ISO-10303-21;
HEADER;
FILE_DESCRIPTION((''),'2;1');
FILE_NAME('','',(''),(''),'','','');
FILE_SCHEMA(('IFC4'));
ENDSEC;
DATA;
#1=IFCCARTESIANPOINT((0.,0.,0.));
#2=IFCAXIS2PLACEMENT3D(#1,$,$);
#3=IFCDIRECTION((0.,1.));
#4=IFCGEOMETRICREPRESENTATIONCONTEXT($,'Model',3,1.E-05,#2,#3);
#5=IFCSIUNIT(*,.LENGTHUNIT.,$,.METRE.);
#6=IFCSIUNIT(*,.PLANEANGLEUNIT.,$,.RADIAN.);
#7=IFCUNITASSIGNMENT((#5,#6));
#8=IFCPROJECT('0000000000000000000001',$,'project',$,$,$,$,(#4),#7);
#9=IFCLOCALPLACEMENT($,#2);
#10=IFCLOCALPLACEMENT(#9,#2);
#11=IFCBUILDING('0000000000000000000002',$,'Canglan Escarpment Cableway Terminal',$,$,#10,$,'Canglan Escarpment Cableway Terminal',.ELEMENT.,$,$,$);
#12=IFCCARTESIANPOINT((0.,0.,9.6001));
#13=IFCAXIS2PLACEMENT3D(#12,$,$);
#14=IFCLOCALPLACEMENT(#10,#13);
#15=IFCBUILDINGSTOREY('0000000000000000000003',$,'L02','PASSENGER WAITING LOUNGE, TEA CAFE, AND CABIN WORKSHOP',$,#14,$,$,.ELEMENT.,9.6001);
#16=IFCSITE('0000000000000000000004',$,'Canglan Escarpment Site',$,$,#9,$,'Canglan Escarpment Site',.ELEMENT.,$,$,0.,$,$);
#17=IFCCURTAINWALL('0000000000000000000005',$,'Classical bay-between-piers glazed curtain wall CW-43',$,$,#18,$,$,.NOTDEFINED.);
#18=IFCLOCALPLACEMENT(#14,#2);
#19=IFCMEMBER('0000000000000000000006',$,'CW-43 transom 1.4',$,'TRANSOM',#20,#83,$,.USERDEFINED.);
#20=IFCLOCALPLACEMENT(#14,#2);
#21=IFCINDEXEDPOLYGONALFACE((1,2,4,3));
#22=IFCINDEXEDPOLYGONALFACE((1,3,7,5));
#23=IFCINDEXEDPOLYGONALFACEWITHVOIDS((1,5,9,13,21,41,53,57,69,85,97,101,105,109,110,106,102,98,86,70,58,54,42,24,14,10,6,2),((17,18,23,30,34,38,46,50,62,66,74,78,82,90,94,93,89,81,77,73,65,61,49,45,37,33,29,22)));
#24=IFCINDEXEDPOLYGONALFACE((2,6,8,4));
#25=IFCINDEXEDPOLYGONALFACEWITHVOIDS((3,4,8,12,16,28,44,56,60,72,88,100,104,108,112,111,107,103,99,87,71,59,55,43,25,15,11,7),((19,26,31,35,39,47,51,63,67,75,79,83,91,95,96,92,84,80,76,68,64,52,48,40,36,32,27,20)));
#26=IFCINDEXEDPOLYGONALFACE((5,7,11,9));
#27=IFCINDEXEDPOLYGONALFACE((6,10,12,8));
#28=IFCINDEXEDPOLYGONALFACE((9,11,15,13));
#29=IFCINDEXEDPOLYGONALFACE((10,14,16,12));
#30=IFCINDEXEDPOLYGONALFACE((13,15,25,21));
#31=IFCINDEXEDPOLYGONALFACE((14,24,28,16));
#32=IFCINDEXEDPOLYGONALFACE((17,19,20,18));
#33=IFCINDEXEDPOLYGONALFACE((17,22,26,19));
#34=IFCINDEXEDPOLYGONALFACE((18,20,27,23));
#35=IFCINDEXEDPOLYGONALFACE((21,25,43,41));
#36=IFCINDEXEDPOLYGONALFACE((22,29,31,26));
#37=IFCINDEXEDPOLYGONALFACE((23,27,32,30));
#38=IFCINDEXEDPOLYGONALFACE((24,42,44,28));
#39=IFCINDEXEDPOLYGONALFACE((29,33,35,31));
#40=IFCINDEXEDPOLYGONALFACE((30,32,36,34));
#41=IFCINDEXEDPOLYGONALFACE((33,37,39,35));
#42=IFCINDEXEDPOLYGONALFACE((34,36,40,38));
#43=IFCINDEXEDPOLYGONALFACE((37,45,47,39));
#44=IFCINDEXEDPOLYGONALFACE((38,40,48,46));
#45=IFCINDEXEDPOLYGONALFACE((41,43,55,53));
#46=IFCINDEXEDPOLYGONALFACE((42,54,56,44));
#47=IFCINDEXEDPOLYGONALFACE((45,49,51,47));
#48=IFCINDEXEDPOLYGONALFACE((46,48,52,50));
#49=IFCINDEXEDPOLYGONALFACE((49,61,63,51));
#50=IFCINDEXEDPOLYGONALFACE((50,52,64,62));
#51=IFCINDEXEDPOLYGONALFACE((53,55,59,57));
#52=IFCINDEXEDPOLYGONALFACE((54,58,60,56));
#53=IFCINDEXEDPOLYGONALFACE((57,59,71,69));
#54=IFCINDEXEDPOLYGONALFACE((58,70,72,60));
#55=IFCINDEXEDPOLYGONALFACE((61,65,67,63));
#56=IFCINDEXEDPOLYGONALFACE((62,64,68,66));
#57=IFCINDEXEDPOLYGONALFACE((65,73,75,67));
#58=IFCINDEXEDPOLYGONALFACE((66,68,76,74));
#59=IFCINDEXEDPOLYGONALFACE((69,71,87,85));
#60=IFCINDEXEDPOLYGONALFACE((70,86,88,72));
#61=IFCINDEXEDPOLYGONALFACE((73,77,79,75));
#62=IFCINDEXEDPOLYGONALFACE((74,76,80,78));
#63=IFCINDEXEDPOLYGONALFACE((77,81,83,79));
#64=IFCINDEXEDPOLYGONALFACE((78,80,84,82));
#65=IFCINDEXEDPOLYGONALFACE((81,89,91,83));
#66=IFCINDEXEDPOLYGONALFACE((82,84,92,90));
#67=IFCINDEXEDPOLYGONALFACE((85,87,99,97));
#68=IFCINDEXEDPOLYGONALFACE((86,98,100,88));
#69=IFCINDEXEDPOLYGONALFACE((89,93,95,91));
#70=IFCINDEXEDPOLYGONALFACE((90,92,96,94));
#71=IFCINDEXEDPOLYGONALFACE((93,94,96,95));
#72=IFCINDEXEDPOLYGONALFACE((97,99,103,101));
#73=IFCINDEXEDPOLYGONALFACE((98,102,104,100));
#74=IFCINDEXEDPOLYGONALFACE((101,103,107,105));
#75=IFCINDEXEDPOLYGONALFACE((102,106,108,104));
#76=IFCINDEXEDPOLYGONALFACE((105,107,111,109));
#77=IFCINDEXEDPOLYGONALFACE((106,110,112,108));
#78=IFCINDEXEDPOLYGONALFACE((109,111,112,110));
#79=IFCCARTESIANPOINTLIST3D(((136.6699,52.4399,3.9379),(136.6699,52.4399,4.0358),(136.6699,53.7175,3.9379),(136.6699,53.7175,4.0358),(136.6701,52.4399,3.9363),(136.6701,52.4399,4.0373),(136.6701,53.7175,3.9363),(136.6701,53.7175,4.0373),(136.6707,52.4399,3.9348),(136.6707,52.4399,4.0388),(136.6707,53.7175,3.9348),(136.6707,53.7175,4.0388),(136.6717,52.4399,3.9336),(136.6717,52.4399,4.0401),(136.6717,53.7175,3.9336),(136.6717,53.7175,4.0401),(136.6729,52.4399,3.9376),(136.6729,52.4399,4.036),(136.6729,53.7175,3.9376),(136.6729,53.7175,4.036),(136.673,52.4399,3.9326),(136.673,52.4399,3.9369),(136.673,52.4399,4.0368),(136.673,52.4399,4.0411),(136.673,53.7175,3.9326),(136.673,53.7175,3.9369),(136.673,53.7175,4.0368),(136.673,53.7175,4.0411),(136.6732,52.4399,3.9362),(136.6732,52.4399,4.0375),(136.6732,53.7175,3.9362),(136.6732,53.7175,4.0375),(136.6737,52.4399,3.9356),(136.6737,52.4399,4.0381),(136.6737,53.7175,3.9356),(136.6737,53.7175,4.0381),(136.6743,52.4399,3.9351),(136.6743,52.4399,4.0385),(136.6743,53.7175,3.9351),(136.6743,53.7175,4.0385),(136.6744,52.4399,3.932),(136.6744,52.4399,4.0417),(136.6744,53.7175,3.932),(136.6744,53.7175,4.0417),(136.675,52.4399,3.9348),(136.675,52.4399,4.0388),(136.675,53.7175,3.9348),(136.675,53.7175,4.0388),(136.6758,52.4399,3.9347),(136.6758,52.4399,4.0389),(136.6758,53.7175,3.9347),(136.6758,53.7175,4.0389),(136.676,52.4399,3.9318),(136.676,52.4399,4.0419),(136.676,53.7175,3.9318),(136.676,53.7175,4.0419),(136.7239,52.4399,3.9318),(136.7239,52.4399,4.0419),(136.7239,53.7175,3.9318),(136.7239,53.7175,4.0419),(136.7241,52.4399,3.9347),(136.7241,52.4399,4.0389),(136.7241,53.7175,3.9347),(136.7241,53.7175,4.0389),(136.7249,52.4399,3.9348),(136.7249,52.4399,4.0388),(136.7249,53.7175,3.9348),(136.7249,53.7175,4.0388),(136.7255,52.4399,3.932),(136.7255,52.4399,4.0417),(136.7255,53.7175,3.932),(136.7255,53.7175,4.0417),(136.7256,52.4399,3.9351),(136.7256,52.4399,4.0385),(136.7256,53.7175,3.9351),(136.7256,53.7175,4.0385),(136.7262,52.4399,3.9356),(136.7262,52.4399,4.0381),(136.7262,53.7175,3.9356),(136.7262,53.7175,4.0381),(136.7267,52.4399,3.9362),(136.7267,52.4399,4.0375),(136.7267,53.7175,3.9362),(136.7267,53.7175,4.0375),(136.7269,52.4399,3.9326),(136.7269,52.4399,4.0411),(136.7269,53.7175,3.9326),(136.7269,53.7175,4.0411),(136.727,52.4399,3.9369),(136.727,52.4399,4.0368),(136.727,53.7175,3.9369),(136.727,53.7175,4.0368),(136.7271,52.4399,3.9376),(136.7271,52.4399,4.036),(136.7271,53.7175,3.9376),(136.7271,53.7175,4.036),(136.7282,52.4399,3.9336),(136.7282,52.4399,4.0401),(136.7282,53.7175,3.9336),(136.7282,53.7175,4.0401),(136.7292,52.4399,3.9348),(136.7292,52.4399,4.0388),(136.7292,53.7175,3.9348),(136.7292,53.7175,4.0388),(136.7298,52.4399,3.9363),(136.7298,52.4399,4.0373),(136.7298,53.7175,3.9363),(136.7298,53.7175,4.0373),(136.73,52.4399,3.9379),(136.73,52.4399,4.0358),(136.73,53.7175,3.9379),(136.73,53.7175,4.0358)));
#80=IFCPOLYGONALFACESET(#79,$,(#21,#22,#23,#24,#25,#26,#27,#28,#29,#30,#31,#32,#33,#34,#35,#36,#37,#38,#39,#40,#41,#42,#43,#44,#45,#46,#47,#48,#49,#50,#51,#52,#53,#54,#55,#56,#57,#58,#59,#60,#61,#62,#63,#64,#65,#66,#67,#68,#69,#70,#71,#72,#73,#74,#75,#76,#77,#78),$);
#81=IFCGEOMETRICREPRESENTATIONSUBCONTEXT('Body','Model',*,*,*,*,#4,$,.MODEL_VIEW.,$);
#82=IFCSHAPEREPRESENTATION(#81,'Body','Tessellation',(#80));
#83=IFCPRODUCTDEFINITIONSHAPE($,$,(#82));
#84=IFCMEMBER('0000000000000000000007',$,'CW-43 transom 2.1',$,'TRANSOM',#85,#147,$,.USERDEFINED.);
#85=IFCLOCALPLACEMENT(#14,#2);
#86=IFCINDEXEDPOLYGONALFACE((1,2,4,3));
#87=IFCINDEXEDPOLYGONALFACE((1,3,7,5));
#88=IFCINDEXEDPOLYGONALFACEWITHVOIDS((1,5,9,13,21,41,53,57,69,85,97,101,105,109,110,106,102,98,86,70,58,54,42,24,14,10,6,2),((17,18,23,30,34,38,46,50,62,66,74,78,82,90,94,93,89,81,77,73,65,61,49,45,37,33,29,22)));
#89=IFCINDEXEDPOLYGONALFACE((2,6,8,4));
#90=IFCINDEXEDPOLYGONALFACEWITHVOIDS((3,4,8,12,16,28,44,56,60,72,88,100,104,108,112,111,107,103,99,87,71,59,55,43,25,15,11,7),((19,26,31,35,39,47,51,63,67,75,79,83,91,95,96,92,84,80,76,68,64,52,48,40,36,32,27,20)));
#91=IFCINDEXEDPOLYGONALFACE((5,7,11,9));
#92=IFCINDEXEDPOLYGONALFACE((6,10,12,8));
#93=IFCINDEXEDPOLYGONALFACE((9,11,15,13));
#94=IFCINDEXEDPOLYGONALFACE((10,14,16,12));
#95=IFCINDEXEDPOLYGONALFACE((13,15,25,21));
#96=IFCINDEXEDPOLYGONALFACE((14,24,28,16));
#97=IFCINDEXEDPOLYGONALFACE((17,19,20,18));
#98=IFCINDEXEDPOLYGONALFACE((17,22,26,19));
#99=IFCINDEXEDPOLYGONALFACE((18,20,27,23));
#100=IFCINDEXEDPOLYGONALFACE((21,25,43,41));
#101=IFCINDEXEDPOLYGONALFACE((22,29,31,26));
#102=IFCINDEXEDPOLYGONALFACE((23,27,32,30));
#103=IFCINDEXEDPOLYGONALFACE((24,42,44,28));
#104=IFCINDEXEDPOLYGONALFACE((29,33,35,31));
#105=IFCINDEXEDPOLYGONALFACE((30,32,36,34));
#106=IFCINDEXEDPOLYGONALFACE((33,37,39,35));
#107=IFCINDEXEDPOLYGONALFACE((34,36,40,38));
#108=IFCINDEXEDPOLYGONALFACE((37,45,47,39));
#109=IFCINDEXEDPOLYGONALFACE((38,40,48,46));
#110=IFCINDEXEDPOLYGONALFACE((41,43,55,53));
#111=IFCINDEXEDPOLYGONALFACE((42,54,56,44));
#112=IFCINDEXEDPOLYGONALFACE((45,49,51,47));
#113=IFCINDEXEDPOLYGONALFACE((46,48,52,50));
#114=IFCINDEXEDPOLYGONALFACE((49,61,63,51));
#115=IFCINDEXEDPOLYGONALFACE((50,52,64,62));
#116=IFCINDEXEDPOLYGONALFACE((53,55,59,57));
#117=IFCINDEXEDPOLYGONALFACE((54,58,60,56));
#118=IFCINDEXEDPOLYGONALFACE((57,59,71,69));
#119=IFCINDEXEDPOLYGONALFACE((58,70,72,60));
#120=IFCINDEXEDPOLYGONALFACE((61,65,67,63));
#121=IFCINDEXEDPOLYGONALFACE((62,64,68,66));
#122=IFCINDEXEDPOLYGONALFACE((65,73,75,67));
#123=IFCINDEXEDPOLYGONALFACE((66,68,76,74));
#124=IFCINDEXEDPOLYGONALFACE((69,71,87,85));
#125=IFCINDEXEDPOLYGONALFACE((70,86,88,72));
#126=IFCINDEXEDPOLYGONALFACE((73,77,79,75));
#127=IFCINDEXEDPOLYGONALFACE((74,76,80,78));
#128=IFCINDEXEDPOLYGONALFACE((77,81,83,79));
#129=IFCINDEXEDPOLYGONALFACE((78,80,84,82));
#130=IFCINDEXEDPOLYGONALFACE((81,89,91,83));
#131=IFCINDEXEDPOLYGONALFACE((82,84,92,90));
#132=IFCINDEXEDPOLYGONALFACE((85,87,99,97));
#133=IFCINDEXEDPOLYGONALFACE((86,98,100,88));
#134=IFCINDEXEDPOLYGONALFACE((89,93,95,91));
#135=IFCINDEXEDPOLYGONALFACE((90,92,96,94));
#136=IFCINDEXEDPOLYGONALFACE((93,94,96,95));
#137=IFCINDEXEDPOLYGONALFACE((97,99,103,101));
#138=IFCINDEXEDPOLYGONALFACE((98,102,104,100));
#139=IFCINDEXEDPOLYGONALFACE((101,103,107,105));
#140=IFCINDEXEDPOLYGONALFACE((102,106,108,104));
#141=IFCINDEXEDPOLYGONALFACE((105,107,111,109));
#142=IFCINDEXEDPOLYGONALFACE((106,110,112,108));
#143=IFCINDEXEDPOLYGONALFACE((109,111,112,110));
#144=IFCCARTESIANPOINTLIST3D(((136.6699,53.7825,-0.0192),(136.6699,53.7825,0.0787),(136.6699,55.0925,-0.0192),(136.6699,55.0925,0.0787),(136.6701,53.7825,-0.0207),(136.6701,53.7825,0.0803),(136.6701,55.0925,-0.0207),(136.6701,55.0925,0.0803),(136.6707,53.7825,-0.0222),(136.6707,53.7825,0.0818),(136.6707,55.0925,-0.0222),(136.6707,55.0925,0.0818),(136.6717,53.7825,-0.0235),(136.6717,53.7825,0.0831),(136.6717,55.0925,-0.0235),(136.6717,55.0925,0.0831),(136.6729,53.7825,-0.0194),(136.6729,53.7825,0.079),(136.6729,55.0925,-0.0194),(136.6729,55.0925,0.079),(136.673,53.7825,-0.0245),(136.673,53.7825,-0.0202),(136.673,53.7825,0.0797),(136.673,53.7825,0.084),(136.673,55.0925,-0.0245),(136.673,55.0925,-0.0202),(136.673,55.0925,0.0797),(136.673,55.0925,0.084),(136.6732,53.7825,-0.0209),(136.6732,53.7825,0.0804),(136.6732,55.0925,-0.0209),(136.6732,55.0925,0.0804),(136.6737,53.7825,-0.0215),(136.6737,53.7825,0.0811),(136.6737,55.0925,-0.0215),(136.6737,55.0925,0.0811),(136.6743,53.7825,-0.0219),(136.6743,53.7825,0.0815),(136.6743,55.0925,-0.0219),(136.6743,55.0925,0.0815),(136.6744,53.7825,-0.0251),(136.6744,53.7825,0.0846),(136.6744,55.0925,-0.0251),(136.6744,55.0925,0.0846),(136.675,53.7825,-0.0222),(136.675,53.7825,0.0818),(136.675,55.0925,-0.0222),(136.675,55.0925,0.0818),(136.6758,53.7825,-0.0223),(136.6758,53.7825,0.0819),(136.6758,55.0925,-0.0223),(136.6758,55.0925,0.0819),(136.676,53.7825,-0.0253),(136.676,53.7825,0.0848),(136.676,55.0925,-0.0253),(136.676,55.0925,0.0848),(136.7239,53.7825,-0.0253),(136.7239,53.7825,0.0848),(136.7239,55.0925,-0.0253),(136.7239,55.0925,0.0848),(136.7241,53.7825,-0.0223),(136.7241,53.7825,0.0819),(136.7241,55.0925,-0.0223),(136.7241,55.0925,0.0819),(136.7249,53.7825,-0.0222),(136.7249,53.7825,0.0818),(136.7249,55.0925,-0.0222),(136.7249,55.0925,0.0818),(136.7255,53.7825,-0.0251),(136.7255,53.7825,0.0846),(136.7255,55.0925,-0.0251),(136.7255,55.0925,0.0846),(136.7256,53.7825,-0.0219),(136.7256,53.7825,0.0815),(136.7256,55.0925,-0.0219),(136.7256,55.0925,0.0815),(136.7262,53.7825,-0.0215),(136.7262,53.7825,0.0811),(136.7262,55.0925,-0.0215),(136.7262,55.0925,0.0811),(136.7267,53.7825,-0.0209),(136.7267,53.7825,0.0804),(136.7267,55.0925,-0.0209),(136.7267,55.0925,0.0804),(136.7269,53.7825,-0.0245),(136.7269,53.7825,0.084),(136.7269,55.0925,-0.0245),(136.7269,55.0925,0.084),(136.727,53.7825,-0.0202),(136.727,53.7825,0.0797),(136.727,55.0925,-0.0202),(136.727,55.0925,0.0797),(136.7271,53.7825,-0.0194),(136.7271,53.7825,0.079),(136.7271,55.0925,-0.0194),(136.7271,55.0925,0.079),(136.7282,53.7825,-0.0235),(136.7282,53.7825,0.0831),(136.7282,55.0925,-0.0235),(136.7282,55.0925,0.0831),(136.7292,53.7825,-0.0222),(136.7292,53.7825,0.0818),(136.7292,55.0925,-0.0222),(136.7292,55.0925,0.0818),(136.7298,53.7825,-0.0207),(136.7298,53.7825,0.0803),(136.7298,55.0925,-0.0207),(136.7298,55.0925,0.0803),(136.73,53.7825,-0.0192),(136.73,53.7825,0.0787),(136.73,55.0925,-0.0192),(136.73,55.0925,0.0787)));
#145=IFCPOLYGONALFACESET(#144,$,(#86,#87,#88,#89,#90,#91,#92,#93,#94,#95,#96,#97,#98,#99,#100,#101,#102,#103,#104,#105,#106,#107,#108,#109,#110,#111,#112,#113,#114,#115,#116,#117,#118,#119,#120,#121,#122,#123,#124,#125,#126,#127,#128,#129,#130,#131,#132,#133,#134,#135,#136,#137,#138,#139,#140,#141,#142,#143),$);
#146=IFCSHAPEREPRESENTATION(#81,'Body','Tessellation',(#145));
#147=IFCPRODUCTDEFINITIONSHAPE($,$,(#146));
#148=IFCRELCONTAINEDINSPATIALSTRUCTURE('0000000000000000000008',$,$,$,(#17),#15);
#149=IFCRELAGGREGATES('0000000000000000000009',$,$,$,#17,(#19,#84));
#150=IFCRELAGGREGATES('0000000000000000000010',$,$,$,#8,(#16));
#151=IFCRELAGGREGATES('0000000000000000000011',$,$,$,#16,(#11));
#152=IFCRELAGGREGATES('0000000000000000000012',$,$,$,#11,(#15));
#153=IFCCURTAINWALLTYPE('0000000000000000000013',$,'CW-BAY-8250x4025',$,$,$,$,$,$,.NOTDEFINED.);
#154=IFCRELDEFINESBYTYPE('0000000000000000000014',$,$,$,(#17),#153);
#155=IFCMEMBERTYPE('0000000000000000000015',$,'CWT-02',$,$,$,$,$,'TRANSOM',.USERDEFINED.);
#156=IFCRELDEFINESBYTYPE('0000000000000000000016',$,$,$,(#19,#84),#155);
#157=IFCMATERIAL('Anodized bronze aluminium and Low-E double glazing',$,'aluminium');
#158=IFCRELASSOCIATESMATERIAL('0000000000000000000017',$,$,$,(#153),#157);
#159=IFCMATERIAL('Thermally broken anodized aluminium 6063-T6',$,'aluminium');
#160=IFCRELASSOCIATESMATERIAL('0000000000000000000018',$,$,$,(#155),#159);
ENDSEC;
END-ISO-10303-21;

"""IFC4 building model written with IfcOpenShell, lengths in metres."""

from ifc_helpers import new_model, si_unit, direction, frame, origin, origin_2d, place, context, subcontext, project, spatial, hollow_rectangle, extrude, material, material_profile, profile_set, type_object, element, aggregate, save


model = new_model("IFC4")

# Units and contexts
model_context = context("Model", 3, precision=1e-05, world=origin(), true_north=direction((0.0, 1.0)))
body_context = subcontext(model_context, "Body", "Model", "MODEL_VIEW")
ifc_project = project(units=[si_unit("LENGTHUNIT", "METRE"), si_unit("PLANEANGLEUNIT", "RADIAN")], contexts=[model_context])

# Site, building, storey
site_placement = place(None, origin())
site = spatial("IfcSite", under=ifc_project, at=site_placement, Name="Canglan Escarpment Site", LongName="Canglan Escarpment Site", CompositionType="ELEMENT", RefElevation=0.0)
building_placement = place(site_placement, origin())
building = spatial("IfcBuilding", under=site, at=building_placement, Name="Canglan Escarpment Cableway Terminal", LongName="Canglan Escarpment Cableway Terminal", CompositionType="ELEMENT")
storey_placement = place(building_placement, frame((0.0, 0.0, 9.6001)))
storey = spatial("IfcBuildingStorey", under=building, at=storey_placement, Name="L02", Description="PASSENGER WAITING LOUNGE, TEA CAFE, AND CABIN WORKSHOP", CompositionType="ELEMENT", Elevation=9.6001)

# Curtain wall, members
ifc_material_1 = material(Name="Anodized bronze aluminium and Low-E double glazing", Category="aluminium")
curtain_wall_type = type_object("IfcCurtainWallType", Name="CW-BAY-8250x4025", PredefinedType="NOTDEFINED", material=ifc_material_1)
curtain_wall_placement = place(storey_placement, origin())
curtain_wall = element("IfcCurtainWall", 1, at=curtain_wall_placement, inside=storey, type_object=curtain_wall_type, Name="Classical bay-between-piers glazed curtain wall CW-43", PredefinedType="NOTDEFINED")
ifc_material_2 = material(Name="Thermally broken anodized aluminium 6063-T6", Category="aluminium")
ifc_material_profile_1 = material_profile(ifc_material_2, hollow_rectangle(XDim=0.0601, YDim=0.1101, WallThickness=0.0029, InnerFilletRadius=0.0029, OuterFilletRadius=0.0061, at=origin_2d()), Name="ALU-TRAN 60x110x3")
ifc_profile_set_1 = profile_set([ifc_material_profile_1], Name="Thermally broken anodized aluminium 6063-T6")
member_type_1 = type_object("IfcMemberType", Name="CWT-02", ElementType="TRANSOM", PredefinedType="USERDEFINED", material=ifc_profile_set_1)
member_1_placement = place(storey_placement, frame((136.7, 52.4399, 3.9868), z_axis=(0.0, 1.0, 0.0), x_axis=(-1.0, 0.0, 0.0)))
member_1 = element("IfcMember", 2, at=member_1_placement, type_object=member_type_1, Name="CW-43 transom 1.4", ObjectType="TRANSOM", PredefinedType="USERDEFINED", context=body_context, shape_type="SweptSolid", body=[
    extrude(hollow_rectangle(XDim=0.0601, YDim=0.1101, WallThickness=0.0029, InnerFilletRadius=0.0029, OuterFilletRadius=0.0061, at=origin_2d()), origin(), (0.0, 0.0, 1.0), 1.2776),
])
member_2_placement = place(storey_placement, frame((136.7, 53.7825, 0.0298), z_axis=(0.0, 1.0, 0.0), x_axis=(-1.0, 0.0, 0.0)))
member_2 = element("IfcMember", 3, at=member_2_placement, type_object=member_type_1, Name="CW-43 transom 2.1", ObjectType="TRANSOM", PredefinedType="USERDEFINED", context=body_context, shape_type="SweptSolid", body=[
    extrude(hollow_rectangle(XDim=0.0601, YDim=0.1101, WallThickness=0.0029, InnerFilletRadius=0.0029, OuterFilletRadius=0.0061, at=origin_2d()), origin(), (0.0, 0.0, 1.0), 1.3101),
])
aggregate(curtain_wall, [member_1, member_2])

save(model, "model.ifc")
